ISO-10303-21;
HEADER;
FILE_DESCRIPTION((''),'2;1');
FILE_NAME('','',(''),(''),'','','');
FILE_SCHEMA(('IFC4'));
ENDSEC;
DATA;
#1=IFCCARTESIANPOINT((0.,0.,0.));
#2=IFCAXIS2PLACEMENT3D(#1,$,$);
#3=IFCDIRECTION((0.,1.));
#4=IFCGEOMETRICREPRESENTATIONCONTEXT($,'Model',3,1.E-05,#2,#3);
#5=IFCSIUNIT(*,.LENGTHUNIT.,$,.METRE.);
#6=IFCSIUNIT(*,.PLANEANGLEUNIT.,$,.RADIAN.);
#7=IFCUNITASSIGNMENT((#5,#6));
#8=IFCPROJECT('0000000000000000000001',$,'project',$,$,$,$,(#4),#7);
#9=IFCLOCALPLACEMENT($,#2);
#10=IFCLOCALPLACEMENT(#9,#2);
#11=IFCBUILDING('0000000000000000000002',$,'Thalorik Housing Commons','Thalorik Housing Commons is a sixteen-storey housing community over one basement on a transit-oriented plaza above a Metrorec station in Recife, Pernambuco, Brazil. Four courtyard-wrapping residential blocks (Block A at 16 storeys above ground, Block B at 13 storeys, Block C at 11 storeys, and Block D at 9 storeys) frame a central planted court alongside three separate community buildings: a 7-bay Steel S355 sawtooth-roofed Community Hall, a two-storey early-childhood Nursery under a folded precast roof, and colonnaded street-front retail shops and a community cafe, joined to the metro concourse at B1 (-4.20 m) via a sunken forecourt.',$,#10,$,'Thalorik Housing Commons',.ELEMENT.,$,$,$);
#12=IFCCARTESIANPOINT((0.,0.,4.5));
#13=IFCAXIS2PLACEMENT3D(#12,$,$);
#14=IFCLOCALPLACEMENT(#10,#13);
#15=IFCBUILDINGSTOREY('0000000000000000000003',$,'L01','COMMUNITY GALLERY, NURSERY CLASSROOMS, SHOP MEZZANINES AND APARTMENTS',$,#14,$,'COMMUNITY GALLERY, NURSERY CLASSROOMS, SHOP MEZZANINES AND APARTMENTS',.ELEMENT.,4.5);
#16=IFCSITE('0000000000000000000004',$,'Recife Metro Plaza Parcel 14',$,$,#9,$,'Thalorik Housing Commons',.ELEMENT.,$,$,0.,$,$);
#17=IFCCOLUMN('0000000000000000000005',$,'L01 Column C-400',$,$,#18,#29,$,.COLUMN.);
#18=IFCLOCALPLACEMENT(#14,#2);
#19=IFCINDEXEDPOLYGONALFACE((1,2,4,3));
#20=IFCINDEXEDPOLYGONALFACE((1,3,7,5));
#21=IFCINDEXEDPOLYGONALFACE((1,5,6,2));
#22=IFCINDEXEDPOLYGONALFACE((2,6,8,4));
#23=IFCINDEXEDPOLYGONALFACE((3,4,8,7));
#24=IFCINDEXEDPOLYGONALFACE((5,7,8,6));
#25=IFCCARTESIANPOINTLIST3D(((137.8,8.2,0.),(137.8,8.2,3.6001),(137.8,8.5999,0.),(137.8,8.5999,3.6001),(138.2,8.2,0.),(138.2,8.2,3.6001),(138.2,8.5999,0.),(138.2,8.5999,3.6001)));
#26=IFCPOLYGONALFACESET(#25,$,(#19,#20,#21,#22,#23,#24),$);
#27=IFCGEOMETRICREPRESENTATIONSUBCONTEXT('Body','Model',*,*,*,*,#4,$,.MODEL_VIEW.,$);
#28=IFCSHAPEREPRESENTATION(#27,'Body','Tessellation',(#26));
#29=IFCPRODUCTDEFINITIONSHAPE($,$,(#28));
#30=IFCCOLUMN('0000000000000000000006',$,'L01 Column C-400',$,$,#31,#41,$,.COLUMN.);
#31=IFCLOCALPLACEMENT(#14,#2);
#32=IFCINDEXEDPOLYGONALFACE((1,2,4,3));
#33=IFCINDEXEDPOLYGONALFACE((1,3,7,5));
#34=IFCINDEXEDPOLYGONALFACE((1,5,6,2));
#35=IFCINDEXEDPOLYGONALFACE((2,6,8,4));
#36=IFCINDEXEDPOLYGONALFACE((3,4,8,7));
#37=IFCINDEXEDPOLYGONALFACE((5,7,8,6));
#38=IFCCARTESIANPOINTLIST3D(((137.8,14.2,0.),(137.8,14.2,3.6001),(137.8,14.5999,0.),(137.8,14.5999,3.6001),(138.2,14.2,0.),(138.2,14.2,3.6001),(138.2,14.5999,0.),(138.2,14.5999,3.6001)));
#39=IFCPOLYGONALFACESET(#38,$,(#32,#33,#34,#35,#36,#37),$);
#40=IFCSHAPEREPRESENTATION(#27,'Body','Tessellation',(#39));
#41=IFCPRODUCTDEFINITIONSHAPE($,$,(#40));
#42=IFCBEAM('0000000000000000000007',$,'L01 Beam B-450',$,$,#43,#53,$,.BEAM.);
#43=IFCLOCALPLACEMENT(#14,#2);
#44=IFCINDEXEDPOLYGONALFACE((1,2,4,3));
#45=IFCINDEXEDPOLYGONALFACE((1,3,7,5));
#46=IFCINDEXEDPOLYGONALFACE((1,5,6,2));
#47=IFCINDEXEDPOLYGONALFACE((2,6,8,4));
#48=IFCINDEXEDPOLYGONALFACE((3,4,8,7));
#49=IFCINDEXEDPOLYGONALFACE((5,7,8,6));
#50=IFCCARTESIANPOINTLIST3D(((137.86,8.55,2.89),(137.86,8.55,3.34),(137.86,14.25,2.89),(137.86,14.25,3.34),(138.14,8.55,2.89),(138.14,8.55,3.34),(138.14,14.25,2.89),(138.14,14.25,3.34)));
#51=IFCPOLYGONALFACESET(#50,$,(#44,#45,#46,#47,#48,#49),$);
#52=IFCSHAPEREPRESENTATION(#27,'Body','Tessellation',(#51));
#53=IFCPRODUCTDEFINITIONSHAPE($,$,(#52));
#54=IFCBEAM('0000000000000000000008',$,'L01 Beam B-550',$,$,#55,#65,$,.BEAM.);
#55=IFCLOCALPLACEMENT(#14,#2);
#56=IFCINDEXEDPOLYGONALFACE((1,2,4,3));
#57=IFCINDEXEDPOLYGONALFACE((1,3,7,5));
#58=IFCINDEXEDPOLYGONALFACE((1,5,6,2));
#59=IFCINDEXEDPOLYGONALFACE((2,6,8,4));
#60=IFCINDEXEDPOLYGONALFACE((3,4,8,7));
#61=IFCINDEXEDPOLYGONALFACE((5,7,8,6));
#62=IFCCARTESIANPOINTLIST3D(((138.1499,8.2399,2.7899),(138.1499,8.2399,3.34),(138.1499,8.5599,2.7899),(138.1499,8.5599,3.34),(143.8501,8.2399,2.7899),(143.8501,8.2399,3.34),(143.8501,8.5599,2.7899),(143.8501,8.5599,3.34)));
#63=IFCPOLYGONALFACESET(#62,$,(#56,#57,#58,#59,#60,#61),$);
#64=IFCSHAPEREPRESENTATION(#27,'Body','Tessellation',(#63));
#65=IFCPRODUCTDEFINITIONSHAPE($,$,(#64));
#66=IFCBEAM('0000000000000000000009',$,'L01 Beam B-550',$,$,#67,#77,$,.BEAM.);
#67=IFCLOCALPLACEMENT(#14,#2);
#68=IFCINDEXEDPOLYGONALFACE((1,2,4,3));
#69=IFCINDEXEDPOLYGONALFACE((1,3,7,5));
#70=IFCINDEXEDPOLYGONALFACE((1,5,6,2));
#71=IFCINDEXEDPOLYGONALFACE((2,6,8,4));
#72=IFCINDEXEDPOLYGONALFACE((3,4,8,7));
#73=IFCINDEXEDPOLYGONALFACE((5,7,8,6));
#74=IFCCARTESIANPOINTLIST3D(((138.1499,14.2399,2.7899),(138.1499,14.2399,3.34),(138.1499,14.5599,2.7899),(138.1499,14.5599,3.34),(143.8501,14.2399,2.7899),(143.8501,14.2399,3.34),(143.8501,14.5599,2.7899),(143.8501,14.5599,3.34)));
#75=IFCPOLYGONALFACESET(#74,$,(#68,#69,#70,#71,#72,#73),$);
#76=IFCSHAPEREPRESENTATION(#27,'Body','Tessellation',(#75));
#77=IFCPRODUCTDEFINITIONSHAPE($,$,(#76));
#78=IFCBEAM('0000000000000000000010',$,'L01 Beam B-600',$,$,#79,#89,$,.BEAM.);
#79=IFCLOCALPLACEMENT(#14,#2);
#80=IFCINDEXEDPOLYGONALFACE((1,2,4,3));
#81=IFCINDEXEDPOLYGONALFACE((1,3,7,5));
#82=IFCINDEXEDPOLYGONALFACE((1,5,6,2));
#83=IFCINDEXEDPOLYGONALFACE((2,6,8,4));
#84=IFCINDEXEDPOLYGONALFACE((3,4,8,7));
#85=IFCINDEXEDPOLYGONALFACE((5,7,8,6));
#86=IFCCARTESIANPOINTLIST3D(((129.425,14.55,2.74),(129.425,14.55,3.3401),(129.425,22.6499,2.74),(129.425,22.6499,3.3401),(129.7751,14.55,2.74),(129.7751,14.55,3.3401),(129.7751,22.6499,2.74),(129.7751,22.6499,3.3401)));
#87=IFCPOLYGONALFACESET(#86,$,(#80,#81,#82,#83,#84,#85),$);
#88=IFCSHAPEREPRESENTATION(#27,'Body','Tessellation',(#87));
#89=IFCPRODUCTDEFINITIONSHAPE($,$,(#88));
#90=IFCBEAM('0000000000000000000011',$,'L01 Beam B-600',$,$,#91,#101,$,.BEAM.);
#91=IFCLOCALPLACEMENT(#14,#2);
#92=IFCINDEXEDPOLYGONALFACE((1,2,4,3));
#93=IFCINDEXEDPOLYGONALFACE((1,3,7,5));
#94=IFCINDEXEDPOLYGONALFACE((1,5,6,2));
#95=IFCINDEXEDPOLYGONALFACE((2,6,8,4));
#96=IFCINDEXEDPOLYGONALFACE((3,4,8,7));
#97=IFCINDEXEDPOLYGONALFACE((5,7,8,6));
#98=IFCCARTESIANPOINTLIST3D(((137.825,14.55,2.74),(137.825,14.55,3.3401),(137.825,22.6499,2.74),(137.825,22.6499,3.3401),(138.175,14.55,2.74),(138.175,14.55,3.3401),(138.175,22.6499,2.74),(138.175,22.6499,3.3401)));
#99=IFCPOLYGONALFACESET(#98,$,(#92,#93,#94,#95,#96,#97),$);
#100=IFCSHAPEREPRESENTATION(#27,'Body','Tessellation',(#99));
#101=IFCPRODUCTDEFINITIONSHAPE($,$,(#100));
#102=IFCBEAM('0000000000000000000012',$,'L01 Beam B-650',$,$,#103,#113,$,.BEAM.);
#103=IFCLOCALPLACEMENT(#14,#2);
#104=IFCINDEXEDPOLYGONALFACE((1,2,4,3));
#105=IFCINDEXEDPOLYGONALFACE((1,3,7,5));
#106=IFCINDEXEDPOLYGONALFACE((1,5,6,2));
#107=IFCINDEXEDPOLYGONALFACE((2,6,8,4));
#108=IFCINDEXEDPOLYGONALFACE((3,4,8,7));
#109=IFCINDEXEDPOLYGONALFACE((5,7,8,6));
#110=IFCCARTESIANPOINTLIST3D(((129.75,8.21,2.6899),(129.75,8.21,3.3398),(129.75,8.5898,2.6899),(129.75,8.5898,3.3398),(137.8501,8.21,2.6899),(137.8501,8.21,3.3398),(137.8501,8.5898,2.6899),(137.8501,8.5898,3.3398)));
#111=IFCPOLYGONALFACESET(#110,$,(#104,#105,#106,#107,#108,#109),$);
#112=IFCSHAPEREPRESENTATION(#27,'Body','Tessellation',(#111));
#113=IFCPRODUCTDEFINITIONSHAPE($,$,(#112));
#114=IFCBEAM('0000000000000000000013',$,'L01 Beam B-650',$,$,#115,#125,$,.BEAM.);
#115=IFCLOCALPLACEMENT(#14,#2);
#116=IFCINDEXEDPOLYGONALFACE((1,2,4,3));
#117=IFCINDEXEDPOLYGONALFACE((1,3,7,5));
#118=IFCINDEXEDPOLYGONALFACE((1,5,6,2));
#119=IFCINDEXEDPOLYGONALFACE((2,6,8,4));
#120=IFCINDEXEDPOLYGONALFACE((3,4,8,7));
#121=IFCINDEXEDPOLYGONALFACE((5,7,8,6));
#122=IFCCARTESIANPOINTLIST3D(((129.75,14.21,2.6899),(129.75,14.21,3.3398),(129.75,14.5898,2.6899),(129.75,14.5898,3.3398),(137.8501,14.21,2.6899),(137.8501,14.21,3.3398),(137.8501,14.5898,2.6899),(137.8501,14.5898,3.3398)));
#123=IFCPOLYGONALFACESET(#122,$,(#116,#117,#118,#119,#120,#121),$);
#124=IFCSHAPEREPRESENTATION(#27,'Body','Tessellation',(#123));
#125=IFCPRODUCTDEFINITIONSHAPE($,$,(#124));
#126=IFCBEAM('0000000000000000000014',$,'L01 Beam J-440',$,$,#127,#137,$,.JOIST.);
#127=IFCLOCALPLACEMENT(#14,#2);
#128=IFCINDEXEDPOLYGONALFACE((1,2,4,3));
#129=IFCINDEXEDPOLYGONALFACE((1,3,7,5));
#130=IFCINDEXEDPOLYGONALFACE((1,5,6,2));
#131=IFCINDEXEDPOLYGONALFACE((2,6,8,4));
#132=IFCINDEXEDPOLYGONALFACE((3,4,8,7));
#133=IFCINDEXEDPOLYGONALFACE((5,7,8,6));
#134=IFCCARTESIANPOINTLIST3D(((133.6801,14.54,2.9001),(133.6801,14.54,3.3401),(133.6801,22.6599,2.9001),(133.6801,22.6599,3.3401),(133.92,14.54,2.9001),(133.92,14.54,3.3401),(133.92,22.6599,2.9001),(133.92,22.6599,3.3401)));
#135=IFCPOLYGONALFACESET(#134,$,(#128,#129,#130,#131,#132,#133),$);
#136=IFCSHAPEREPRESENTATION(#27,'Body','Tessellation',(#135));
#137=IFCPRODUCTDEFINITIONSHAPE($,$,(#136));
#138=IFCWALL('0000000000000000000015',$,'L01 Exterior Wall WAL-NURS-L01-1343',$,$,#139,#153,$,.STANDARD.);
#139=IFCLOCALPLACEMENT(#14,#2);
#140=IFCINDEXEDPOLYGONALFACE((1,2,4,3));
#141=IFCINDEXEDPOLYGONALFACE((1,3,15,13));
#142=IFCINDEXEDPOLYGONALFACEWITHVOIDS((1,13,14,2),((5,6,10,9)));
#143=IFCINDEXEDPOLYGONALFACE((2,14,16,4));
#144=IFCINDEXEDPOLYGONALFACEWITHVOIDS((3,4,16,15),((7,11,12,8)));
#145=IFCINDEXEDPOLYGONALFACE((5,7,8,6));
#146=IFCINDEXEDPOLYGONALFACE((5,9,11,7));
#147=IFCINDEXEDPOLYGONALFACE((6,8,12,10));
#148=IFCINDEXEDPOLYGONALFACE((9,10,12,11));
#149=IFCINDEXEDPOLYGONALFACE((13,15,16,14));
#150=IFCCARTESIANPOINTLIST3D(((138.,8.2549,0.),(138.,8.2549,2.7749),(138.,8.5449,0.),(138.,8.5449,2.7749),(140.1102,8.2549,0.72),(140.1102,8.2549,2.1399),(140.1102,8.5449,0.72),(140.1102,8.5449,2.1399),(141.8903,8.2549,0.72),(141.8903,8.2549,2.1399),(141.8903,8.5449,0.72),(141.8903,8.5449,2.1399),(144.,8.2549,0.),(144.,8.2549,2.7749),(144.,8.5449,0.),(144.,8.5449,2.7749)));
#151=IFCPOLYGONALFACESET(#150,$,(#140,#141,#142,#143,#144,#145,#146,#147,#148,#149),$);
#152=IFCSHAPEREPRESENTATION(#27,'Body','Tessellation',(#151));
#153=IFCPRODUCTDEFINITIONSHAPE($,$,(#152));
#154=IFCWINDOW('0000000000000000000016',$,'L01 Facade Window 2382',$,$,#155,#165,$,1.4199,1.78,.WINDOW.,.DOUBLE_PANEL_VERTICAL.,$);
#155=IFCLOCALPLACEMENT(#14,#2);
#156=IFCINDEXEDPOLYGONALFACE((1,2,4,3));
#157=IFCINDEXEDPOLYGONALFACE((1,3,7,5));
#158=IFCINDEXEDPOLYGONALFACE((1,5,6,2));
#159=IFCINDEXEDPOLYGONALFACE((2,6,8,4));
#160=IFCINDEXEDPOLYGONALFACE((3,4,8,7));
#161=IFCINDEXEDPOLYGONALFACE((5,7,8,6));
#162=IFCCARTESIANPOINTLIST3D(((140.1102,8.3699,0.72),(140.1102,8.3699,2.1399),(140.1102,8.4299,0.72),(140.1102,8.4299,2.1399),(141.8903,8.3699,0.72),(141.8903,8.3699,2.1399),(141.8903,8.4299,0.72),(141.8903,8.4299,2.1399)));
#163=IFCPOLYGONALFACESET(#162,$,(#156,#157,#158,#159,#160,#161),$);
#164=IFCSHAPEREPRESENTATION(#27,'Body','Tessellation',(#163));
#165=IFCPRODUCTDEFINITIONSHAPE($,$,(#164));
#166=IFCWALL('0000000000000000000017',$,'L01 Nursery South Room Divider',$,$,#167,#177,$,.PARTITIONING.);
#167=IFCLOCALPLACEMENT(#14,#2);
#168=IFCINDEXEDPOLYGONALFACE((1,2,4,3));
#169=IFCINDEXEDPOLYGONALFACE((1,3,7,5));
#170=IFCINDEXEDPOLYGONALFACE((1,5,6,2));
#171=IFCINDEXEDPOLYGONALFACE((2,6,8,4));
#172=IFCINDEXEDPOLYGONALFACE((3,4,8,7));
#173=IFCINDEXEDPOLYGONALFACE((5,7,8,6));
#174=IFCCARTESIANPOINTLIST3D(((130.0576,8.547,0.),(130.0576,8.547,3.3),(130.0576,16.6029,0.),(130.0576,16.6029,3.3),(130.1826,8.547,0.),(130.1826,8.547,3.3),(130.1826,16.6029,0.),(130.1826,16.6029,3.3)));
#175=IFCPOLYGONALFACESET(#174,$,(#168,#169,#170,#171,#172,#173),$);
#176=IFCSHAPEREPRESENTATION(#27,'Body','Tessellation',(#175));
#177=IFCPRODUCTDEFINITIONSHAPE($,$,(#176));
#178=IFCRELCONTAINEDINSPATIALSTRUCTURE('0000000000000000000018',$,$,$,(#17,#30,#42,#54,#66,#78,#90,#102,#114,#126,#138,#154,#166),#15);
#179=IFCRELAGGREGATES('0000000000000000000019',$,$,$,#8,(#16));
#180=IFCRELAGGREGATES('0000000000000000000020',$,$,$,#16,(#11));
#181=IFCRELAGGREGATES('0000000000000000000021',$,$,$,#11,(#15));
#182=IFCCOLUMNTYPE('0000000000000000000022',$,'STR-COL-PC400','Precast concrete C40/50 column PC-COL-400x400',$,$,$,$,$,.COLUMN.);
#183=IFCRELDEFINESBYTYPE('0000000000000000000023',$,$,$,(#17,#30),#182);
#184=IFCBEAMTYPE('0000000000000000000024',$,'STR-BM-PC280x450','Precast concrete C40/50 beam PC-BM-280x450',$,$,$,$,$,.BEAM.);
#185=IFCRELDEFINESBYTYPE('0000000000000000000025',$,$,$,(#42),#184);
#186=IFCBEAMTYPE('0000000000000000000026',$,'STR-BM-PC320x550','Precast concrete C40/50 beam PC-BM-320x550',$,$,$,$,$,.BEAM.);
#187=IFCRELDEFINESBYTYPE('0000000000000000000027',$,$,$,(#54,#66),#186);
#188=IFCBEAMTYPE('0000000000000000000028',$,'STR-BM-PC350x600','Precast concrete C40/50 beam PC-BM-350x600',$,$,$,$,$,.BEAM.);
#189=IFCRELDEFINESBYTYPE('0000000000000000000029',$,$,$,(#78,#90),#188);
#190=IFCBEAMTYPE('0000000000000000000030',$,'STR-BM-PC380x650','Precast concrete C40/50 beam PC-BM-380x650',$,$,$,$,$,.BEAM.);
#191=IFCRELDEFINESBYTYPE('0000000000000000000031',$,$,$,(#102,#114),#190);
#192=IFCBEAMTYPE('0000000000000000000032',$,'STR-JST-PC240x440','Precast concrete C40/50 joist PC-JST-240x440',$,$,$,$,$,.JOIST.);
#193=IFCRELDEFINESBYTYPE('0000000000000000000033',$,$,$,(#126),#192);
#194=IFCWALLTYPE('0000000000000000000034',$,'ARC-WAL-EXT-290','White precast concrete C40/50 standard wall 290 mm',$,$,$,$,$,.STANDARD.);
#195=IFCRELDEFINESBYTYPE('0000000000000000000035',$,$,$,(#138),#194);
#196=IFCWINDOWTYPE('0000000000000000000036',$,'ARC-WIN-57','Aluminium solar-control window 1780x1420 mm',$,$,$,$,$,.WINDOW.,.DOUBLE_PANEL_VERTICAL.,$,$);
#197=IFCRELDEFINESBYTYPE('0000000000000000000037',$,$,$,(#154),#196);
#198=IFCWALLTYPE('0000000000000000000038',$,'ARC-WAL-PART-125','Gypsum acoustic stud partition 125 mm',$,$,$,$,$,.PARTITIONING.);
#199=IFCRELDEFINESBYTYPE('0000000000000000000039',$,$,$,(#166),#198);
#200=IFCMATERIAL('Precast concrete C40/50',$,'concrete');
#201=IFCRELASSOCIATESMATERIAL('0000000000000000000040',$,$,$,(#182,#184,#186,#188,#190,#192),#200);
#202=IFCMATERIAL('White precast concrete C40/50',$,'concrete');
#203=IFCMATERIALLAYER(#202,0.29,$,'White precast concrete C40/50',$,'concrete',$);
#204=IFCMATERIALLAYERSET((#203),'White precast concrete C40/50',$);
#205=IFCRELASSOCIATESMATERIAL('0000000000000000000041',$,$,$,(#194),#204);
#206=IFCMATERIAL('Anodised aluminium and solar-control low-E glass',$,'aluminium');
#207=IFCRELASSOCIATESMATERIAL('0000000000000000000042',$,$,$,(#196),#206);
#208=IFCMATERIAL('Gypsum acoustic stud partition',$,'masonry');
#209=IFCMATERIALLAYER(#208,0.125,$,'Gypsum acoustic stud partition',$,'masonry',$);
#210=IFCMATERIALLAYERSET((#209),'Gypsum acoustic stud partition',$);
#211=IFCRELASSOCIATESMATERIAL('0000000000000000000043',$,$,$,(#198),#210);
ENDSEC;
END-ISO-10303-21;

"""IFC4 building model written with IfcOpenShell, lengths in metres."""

from ifc_helpers import new_model, si_unit, direction, frame, frame_2d, origin, origin_2d, place, context, subcontext, project, spatial, rectangle, extrude, material, layer, layer_set, material_profile, profile_set, type_object, element, fill, save


model = new_model("IFC4")

# Units and contexts
model_context = context("Model", 3, precision=1e-05, world=origin(), true_north=direction((0.0, 1.0)))
body_context = subcontext(model_context, "Body", "Model", "MODEL_VIEW")
ifc_project = project(units=[si_unit("LENGTHUNIT", "METRE"), si_unit("PLANEANGLEUNIT", "RADIAN")], contexts=[model_context])

# Site, building, storey
site_placement = place(None, origin())
site = spatial("IfcSite", under=ifc_project, at=site_placement, Name="Recife Metro Plaza Parcel 14", LongName="Thalorik Housing Commons", CompositionType="ELEMENT", RefElevation=0.0)
building_placement = place(site_placement, origin())
building = spatial("IfcBuilding", under=site, at=building_placement, Name="Thalorik Housing Commons", Description="Thalorik Housing Commons is a sixteen-storey housing community over one basement on a transit-oriented plaza above a Metrorec station in Recife, Pernambuco, Brazil. Four courtyard-wrapping residential blocks (Block A at 16 storeys above ground, Block B at 13 storeys, Block C at 11 storeys, and Block D at 9 storeys) frame a central planted court alongside three separate community buildings: a 7-bay Steel S355 sawtooth-roofed Community Hall, a two-storey early-childhood Nursery under a folded precast roof, and colonnaded street-front retail shops and a community cafe, joined to the metro concourse at B1 (-4.20 m) via a sunken forecourt.", LongName="Thalorik Housing Commons", CompositionType="ELEMENT")
storey_placement = place(building_placement, frame((0.0, 0.0, 4.5)))
storey = spatial("IfcBuildingStorey", under=building, at=storey_placement, Name="L01", Description="COMMUNITY GALLERY, NURSERY CLASSROOMS, SHOP MEZZANINES AND APARTMENTS", LongName="COMMUNITY GALLERY, NURSERY CLASSROOMS, SHOP MEZZANINES AND APARTMENTS", CompositionType="ELEMENT", Elevation=4.5)

# Columns
ifc_material_1 = material(Name="Precast concrete C40/50", Category="concrete")
ifc_material_profile_1 = material_profile(ifc_material_1, rectangle(XDim=0.3999, YDim=0.3999, at=origin_2d()), Name="PC 400x400", Category="concrete")
ifc_profile_set_1 = profile_set([ifc_material_profile_1], Name="Precast concrete C40/50")
column_type = type_object("IfcColumnType", Name="STR-COL-PC400", Description="Precast concrete C40/50 column PC-COL-400x400", PredefinedType="COLUMN", material=ifc_profile_set_1)
for number, where, z_axis, x_axis, name in (
    (1, (138.0, 8.3999, 0.0), (0.0, 0.0, 1.0), (1.0, 0.0, 0.0), "L01 Column C-400"),
    (2, (138.0, 14.3999, 0.0), (0.0, 0.0, 1.0), (1.0, 0.0, 0.0), "L01 Column C-400"),
):
    element("IfcColumn", number, at=place(storey_placement, frame(where, z_axis=z_axis, x_axis=x_axis)), inside=storey, type_object=column_type, Name=name, PredefinedType="COLUMN", context=body_context, shape_type="SweptSolid", body=[
        extrude(rectangle(XDim=0.3999, YDim=0.3999, at=origin_2d()), origin(), (0.0, 0.0, 1.0), 3.6001),
    ])

# Beams
ifc_material_profile_2 = material_profile(ifc_material_1, rectangle(XDim=0.28, YDim=0.45, at=origin_2d()), Name="PC 280x450", Category="concrete")
ifc_profile_set_2 = profile_set([ifc_material_profile_2], Name="Precast concrete C40/50")
beam_type_1 = type_object("IfcBeamType", Name="STR-BM-PC280x450", Description="Precast concrete C40/50 beam PC-BM-280x450", PredefinedType="BEAM", material=ifc_profile_set_2)
beam_1_placement = place(storey_placement, frame((138.0, 8.55, 3.115), z_axis=(0.0, 1.0, 0.0), x_axis=(-1.0, 0.0, 0.0)))
element("IfcBeam", 3, at=beam_1_placement, inside=storey, type_object=beam_type_1, Name="L01 Beam B-450", PredefinedType="BEAM", context=body_context, shape_type="SweptSolid", body=[
    extrude(rectangle(XDim=0.28, YDim=0.45, at=origin_2d()), origin(), (0.0, 0.0, 1.0), 5.7),
])
ifc_material_profile_3 = material_profile(ifc_material_1, rectangle(XDim=0.3201, YDim=0.55, at=origin_2d()), Name="PC 320x550", Category="concrete")
ifc_profile_set_3 = profile_set([ifc_material_profile_3], Name="Precast concrete C40/50")
beam_type_2 = type_object("IfcBeamType", Name="STR-BM-PC320x550", Description="Precast concrete C40/50 beam PC-BM-320x550", PredefinedType="BEAM", material=ifc_profile_set_3)
for number, where, z_axis, x_axis, name in (
    (4, (138.1499, 8.3999, 3.0649), (1.0, 0.0, 0.0), (0.0, 1.0, 0.0), "L01 Beam B-550"),
    (5, (138.1499, 14.3999, 3.0649), (1.0, 0.0, 0.0), (0.0, 1.0, 0.0), "L01 Beam B-550"),
):
    element("IfcBeam", number, at=place(storey_placement, frame(where, z_axis=z_axis, x_axis=x_axis)), inside=storey, type_object=beam_type_2, Name=name, PredefinedType="BEAM", context=body_context, shape_type="SweptSolid", body=[
        extrude(rectangle(XDim=0.3201, YDim=0.55, at=origin_2d()), origin(), (0.0, 0.0, 1.0), 5.7002),
    ])
ifc_material_profile_4 = material_profile(ifc_material_1, rectangle(XDim=0.3501, YDim=0.6001, at=origin_2d()), Name="PC 350x600", Category="concrete")
ifc_profile_set_4 = profile_set([ifc_material_profile_4], Name="Precast concrete C40/50")
beam_type_3 = type_object("IfcBeamType", Name="STR-BM-PC350x600", Description="Precast concrete C40/50 beam PC-BM-350x600", PredefinedType="BEAM", material=ifc_profile_set_4)
for number, where, z_axis, x_axis, name in (
    (6, (129.6001, 14.55, 3.04), (0.0, 1.0, 0.0), (-1.0, 0.0, 0.0), "L01 Beam B-600"),
    (7, (138.0, 14.55, 3.04), (0.0, 1.0, 0.0), (-1.0, 0.0, 0.0), "L01 Beam B-600"),
):
    element("IfcBeam", number, at=place(storey_placement, frame(where, z_axis=z_axis, x_axis=x_axis)), inside=storey, type_object=beam_type_3, Name=name, PredefinedType="BEAM", context=body_context, shape_type="SweptSolid", body=[
        extrude(rectangle(XDim=0.3501, YDim=0.6001, at=origin_2d()), origin(), (0.0, 0.0, 1.0), 8.0999),
    ])
ifc_material_profile_5 = material_profile(ifc_material_1, rectangle(XDim=0.3799, YDim=0.6499, at=origin_2d()), Name="PC 380x650", Category="concrete")
ifc_profile_set_5 = profile_set([ifc_material_profile_5], Name="Precast concrete C40/50")
beam_type_4 = type_object("IfcBeamType", Name="STR-BM-PC380x650", Description="Precast concrete C40/50 beam PC-BM-380x650", PredefinedType="BEAM", material=ifc_profile_set_5)
for number, where, z_axis, x_axis, name in (
    (8, (129.75, 8.3999, 3.0149), (1.0, 0.0, 0.0), (0.0, 1.0, 0.0), "L01 Beam B-650"),
    (9, (129.75, 14.3999, 3.0149), (1.0, 0.0, 0.0), (0.0, 1.0, 0.0), "L01 Beam B-650"),
):
    element("IfcBeam", number, at=place(storey_placement, frame(where, z_axis=z_axis, x_axis=x_axis)), inside=storey, type_object=beam_type_4, Name=name, PredefinedType="BEAM", context=body_context, shape_type="SweptSolid", body=[
        extrude(rectangle(XDim=0.3799, YDim=0.6499, at=origin_2d()), origin(), (0.0, 0.0, 1.0), 8.1001),
    ])
ifc_material_profile_6 = material_profile(ifc_material_1, rectangle(XDim=0.24, YDim=0.4399, at=origin_2d()), Name="PC JST 240x440", Category="concrete")
ifc_profile_set_6 = profile_set([ifc_material_profile_6], Name="Precast concrete C40/50")
beam_type_5 = type_object("IfcBeamType", Name="STR-JST-PC240x440", Description="Precast concrete C40/50 joist PC-JST-240x440", PredefinedType="JOIST", material=ifc_profile_set_6)
beam_2_placement = place(storey_placement, frame((133.8, 14.54, 3.1201), z_axis=(0.0, 1.0, 0.0), x_axis=(-1.0, 0.0, 0.0)))
element("IfcBeam", 10, at=beam_2_placement, inside=storey, type_object=beam_type_5, Name="L01 Beam J-440", PredefinedType="JOIST", context=body_context, shape_type="SweptSolid", body=[
    extrude(rectangle(XDim=0.24, YDim=0.4399, at=origin_2d()), origin(), (0.0, 0.0, 1.0), 8.1199),
])

# Wall, opening, window
ifc_material_2 = material(Name="White precast concrete C40/50", Category="concrete")
ifc_layer_1 = layer(ifc_material_2, 0.29, Name="White precast concrete C40/50", Category="concrete")
ifc_layer_set_1 = layer_set([ifc_layer_1], Name="White precast concrete C40/50")
wall_type_1 = type_object("IfcWallType", Name="ARC-WAL-EXT-290", Description="White precast concrete C40/50 standard wall 290 mm", PredefinedType="STANDARD", material=ifc_layer_set_1)
wall_1_placement = place(storey_placement, frame((138.0, 8.3999, 0.0), z_axis=(0.0, 0.0, 1.0), x_axis=(1.0, 0.0, 0.0)))
wall_1 = element("IfcWall", 11, at=wall_1_placement, inside=storey, type_object=wall_type_1, Name="L01 Exterior Wall WAL-NURS-L01-1343", PredefinedType="STANDARD", context=body_context, shape_type="SweptSolid", body=[
    extrude(rectangle(XDim=6.0, YDim=0.29, at=frame_2d((3.0, 0.0))), origin(), (0.0, 0.0, 1.0), 2.7749),
])
opening_placement = place(wall_1_placement, frame((2.1101, 0.0, 0.72)))
opening = element("IfcOpeningElement", 12, at=opening_placement, cuts=wall_1, PredefinedType="OPENING", context=body_context, shape_type="SweptSolid", body=[
    extrude(rectangle(XDim=1.78, YDim=1.4199, at=frame_2d((0.8901, 0.71))), frame((0.0, 0.155, 0.0), z_axis=(0.0, -1.0, 0.0), x_axis=(1.0, 0.0, 0.0)), (0.0, 0.0, 1.0), 0.3101),
])
ifc_material_3 = material(Name="Anodised aluminium and solar-control low-E glass", Category="aluminium")
window_type = type_object("IfcWindowType", Name="ARC-WIN-57", Description="Aluminium solar-control window 1780x1420 mm", PartitioningType="DOUBLE_PANEL_VERTICAL", PredefinedType="WINDOW", material=ifc_material_3)
window_placement = place(opening_placement, origin())
window = element("IfcWindow", 13, at=window_placement, inside=storey, type_object=window_type, Name="L01 Facade Window 2382", OverallHeight=1.4199, OverallWidth=1.78, PartitioningType="DOUBLE_PANEL_VERTICAL", PredefinedType="WINDOW", context=body_context, shape_type="SweptSolid", body=[
    extrude(rectangle(XDim=1.78, YDim=1.4199, at=frame_2d((0.8901, 0.71))), frame((0.0, 0.03, 0.0), z_axis=(0.0, -1.0, 0.0), x_axis=(1.0, 0.0, 0.0)), (0.0, 0.0, 1.0), 0.0601),
])
fill(opening, window)

# Wall
ifc_material_4 = material(Name="Gypsum acoustic stud partition", Category="masonry")
ifc_layer_2 = layer(ifc_material_4, 0.125, Name="Gypsum acoustic stud partition", Category="masonry")
ifc_layer_set_2 = layer_set([ifc_layer_2], Name="Gypsum acoustic stud partition")
wall_type_2 = type_object("IfcWallType", Name="ARC-WAL-PART-125", Description="Gypsum acoustic stud partition 125 mm", PredefinedType="PARTITIONING", material=ifc_layer_set_2)
wall_2_placement = place(storey_placement, frame((130.1201, 8.5471, 0.0), z_axis=(0.0, 0.0, 1.0), x_axis=(0.0, 1.0, 0.0)))
element("IfcWall", 14, at=wall_2_placement, inside=storey, type_object=wall_type_2, Name="L01 Nursery South Room Divider", PredefinedType="PARTITIONING", context=body_context, shape_type="SweptSolid", body=[
    extrude(rectangle(XDim=8.0559, YDim=0.125, at=frame_2d((4.0278, 0.0))), origin(), (0.0, 0.0, 1.0), 3.3),
])

save(model, "model.ifc")
